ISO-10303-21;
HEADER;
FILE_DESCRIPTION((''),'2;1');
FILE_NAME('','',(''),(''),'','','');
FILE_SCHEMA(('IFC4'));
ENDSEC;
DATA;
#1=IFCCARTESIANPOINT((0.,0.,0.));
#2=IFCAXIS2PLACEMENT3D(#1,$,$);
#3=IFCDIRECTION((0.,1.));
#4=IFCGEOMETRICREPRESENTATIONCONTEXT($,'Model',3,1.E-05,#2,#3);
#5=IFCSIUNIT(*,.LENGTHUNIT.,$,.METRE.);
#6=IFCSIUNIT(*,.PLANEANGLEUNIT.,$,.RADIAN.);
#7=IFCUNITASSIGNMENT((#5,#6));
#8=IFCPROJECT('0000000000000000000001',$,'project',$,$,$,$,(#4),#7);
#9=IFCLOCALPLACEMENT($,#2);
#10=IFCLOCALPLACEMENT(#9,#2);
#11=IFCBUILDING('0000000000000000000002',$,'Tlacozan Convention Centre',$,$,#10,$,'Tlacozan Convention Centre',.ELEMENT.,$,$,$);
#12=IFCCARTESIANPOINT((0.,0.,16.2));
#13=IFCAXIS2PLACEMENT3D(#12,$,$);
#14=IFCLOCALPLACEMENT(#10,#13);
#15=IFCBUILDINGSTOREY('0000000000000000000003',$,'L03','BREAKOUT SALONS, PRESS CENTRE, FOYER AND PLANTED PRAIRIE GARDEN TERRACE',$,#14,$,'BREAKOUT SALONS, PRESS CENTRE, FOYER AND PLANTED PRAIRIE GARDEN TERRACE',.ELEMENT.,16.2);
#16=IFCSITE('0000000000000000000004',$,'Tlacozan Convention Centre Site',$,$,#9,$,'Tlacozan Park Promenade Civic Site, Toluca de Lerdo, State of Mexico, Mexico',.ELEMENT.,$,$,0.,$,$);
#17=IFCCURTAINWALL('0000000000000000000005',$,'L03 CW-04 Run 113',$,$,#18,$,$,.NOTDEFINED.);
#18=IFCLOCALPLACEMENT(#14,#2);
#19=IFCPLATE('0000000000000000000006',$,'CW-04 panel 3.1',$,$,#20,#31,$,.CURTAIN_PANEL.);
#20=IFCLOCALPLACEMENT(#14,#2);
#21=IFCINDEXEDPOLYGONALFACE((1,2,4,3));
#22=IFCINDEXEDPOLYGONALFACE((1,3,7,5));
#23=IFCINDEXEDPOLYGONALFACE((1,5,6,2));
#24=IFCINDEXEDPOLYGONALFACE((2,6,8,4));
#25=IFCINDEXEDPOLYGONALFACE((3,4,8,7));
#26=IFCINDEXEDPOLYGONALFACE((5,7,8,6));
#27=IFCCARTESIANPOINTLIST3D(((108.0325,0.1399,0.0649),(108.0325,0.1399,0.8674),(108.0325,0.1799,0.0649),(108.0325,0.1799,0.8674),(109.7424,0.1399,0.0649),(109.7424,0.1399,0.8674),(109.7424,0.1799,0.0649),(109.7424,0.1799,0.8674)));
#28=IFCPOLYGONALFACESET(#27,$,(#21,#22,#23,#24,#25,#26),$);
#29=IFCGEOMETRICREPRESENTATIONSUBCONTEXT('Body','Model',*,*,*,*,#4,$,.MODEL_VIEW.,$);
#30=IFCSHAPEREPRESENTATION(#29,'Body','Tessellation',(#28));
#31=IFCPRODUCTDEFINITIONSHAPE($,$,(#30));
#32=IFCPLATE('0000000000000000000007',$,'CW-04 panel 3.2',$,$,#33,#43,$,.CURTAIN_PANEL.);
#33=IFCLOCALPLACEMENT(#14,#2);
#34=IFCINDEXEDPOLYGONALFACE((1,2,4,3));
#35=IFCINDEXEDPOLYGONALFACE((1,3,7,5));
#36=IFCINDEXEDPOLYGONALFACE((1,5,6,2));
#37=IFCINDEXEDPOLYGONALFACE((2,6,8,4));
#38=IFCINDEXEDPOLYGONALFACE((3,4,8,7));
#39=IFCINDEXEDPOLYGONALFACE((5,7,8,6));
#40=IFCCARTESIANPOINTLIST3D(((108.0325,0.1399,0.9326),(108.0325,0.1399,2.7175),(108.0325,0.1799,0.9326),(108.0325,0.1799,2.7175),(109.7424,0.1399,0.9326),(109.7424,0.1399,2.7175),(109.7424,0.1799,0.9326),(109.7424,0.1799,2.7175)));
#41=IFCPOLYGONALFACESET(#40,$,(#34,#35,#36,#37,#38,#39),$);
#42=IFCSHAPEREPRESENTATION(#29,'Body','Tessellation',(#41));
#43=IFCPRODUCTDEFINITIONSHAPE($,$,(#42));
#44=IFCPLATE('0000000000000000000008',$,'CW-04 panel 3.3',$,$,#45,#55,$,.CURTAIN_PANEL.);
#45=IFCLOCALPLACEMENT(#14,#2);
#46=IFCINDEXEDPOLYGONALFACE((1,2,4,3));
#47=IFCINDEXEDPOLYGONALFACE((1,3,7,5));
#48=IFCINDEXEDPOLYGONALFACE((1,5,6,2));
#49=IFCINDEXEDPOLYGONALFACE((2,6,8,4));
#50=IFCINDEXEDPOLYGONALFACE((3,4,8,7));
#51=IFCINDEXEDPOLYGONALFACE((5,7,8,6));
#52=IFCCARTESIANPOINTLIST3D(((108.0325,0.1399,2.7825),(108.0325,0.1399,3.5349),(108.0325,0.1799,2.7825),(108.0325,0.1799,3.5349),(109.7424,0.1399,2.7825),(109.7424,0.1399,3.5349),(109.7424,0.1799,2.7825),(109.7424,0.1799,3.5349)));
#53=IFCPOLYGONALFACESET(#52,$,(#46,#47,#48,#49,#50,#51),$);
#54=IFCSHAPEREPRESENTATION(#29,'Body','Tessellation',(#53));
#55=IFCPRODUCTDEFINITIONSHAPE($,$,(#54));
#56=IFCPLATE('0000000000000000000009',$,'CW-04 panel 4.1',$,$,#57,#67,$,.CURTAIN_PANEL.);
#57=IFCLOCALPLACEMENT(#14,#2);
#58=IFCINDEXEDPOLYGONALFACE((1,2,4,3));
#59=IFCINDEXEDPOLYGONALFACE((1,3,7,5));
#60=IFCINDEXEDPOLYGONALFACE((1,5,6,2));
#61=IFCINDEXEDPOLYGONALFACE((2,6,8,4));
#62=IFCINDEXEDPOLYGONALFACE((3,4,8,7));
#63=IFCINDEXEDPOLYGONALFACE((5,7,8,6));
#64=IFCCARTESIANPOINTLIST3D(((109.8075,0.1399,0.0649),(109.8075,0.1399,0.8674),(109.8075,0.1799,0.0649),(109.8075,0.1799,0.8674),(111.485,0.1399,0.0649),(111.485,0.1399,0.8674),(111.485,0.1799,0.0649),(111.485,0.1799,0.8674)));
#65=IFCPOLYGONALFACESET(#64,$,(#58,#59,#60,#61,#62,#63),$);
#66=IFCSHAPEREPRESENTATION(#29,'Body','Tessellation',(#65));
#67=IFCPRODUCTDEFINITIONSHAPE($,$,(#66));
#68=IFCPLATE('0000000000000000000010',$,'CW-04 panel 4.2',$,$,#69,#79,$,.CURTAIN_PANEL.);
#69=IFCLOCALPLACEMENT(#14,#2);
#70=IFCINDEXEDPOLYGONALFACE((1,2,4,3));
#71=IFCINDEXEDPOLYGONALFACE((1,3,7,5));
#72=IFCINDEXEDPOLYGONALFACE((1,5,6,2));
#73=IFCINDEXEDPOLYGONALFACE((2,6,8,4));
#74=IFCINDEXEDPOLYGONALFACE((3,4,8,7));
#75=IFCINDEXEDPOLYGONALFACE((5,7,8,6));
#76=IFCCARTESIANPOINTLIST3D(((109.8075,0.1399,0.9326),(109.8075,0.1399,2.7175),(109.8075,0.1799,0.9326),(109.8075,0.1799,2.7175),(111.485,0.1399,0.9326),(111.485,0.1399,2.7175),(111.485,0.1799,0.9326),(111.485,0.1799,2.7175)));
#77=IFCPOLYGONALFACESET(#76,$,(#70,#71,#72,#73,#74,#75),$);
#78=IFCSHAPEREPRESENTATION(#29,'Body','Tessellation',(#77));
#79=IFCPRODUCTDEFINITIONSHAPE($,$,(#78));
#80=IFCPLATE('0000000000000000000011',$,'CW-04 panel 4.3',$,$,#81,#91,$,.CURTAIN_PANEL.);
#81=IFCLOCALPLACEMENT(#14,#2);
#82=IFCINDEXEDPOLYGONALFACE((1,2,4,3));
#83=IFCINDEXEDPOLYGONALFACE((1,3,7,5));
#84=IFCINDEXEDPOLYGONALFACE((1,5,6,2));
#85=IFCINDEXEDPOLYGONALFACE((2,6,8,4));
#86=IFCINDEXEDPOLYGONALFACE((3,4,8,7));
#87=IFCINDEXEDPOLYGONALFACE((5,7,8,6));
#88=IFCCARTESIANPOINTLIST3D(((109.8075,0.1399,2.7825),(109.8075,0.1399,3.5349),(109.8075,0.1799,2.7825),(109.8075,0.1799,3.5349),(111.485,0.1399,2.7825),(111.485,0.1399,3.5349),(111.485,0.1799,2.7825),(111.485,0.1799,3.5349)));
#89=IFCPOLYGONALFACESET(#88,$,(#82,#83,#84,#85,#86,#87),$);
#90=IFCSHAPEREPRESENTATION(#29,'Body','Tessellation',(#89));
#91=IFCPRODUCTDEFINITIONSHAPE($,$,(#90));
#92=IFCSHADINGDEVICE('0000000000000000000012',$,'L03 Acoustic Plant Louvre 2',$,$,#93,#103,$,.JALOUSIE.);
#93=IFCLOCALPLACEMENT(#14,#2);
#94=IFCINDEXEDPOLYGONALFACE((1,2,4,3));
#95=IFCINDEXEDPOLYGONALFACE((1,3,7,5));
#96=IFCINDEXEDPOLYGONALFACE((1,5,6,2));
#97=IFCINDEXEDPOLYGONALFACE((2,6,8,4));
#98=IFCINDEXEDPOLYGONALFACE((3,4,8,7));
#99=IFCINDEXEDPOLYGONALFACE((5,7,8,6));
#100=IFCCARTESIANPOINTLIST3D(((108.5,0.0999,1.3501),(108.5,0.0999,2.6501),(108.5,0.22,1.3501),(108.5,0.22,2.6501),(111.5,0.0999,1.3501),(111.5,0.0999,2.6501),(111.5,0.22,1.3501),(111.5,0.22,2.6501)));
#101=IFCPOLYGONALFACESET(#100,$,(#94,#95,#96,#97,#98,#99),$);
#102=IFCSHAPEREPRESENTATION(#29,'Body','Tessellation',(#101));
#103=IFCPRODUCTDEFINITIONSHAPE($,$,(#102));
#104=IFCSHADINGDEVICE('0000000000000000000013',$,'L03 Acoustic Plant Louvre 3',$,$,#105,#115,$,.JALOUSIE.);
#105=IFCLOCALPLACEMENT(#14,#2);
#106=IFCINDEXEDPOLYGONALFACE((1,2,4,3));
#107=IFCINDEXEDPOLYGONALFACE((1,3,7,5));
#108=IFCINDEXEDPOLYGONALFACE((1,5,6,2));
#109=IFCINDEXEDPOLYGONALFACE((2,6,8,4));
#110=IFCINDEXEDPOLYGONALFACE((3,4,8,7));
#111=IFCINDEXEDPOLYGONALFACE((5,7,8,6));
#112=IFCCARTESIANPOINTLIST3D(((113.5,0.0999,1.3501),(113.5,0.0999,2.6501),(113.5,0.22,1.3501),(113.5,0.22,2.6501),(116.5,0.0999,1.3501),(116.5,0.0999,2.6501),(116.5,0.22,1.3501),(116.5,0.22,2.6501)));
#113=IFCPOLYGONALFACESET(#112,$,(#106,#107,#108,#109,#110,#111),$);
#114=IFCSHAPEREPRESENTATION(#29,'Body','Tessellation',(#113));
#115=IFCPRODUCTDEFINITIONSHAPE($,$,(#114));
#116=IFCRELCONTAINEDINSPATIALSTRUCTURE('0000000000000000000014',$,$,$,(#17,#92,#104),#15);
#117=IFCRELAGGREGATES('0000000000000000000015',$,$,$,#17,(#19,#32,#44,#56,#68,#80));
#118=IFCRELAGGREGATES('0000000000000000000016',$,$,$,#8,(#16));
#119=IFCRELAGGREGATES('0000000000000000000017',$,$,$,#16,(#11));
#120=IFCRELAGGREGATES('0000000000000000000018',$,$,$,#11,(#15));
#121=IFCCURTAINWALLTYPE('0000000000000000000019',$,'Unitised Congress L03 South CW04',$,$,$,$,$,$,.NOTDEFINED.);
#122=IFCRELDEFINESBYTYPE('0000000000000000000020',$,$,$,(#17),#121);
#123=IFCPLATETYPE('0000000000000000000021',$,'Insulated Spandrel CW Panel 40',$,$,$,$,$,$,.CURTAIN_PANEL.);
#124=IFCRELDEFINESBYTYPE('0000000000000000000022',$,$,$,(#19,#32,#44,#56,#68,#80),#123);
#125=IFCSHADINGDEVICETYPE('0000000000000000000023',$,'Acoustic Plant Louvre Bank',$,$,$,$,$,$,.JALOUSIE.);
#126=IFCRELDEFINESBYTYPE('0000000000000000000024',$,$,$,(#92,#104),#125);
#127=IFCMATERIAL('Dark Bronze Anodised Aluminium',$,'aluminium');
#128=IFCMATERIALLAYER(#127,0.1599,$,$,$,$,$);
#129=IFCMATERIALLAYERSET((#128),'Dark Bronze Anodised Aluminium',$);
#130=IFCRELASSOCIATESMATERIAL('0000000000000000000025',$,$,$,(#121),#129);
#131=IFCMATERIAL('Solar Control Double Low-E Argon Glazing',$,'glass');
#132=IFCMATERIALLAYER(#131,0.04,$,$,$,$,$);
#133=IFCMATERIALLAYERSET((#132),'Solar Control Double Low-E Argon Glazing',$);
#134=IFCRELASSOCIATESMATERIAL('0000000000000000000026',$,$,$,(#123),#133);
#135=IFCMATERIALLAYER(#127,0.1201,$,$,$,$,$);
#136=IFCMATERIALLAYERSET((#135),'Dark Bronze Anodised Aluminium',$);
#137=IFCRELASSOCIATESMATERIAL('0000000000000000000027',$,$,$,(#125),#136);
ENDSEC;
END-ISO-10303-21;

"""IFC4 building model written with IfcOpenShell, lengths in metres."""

from ifc_helpers import new_model, si_unit, direction, frame, origin, origin_2d, place, context, subcontext, project, spatial, rectangle, extrude, material, layer, layer_set, type_object, element, aggregate, save


model = new_model("IFC4")

# Units and contexts
model_context = context("Model", 3, precision=1e-05, world=origin(), true_north=direction((0.0, 1.0)))
body_context = subcontext(model_context, "Body", "Model", "MODEL_VIEW")
ifc_project = project(units=[si_unit("LENGTHUNIT", "METRE"), si_unit("PLANEANGLEUNIT", "RADIAN")], contexts=[model_context])

# Site, building, storey
site_placement = place(None, origin())
site = spatial("IfcSite", under=ifc_project, at=site_placement, Name="Tlacozan Convention Centre Site", LongName="Tlacozan Park Promenade Civic Site, Toluca de Lerdo, State of Mexico, Mexico", CompositionType="ELEMENT", RefElevation=0.0)
building_placement = place(site_placement, origin())
building = spatial("IfcBuilding", under=site, at=building_placement, Name="Tlacozan Convention Centre", LongName="Tlacozan Convention Centre", CompositionType="ELEMENT")
storey_placement = place(building_placement, frame((0.0, 0.0, 16.2)))
storey = spatial("IfcBuildingStorey", under=building, at=storey_placement, Name="L03", Description="BREAKOUT SALONS, PRESS CENTRE, FOYER AND PLANTED PRAIRIE GARDEN TERRACE", LongName="BREAKOUT SALONS, PRESS CENTRE, FOYER AND PLANTED PRAIRIE GARDEN TERRACE", CompositionType="ELEMENT", Elevation=16.2)

# Curtain wall
ifc_material_1 = material(Name="Dark Bronze Anodised Aluminium", Category="aluminium")
ifc_layer_1 = layer(ifc_material_1, 0.1599)
ifc_layer_set_1 = layer_set([ifc_layer_1], Name="Dark Bronze Anodised Aluminium")
curtain_wall_type = type_object("IfcCurtainWallType", Name="Unitised Congress L03 South CW04", PredefinedType="NOTDEFINED", material=ifc_layer_set_1)
curtain_wall_1_placement = place(storey_placement, origin())
curtain_wall_1 = element("IfcCurtainWall", 1, at=curtain_wall_1_placement, inside=storey, type_object=curtain_wall_type, Name="L03 CW-04 Run 113", PredefinedType="NOTDEFINED")

# Plates
ifc_material_2 = material(Name="Solar Control Double Low-E Argon Glazing", Category="glass")
ifc_layer_2 = layer(ifc_material_2, 0.04)
ifc_layer_set_2 = layer_set([ifc_layer_2], Name="Solar Control Double Low-E Argon Glazing")
plate_type_1 = type_object("IfcPlateType", Name="Insulated Spandrel CW Panel 40", PredefinedType="CURTAIN_PANEL", material=ifc_layer_set_2)
plate_1_placement = place(storey_placement, frame((108.8875, 0.1599, 0.0649), z_axis=(0.0, 0.0, 1.0), x_axis=(1.0, 0.0, 0.0)))
plate_1 = element("IfcPlate", 2, at=plate_1_placement, type_object=plate_type_1, Name="CW-04 panel 3.1", PredefinedType="CURTAIN_PANEL", context=body_context, shape_type="SweptSolid", body=[
    extrude(rectangle(XDim=1.71, YDim=0.04, at=origin_2d()), origin(), (0.0, 0.0, 1.0), 0.8025),
])
plate_2_placement = place(storey_placement, frame((108.8875, 0.1599, 0.9326), z_axis=(0.0, 0.0, 1.0), x_axis=(1.0, 0.0, 0.0)))
plate_2 = element("IfcPlate", 3, at=plate_2_placement, type_object=plate_type_1, Name="CW-04 panel 3.2", PredefinedType="CURTAIN_PANEL", context=body_context, shape_type="SweptSolid", body=[
    extrude(rectangle(XDim=1.71, YDim=0.04, at=origin_2d()), origin(), (0.0, 0.0, 1.0), 1.7849),
])
plate_3_placement = place(storey_placement, frame((108.8875, 0.1599, 2.7825), z_axis=(0.0, 0.0, 1.0), x_axis=(1.0, 0.0, 0.0)))
plate_3 = element("IfcPlate", 4, at=plate_3_placement, type_object=plate_type_1, Name="CW-04 panel 3.3", PredefinedType="CURTAIN_PANEL", context=body_context, shape_type="SweptSolid", body=[
    extrude(rectangle(XDim=1.71, YDim=0.04, at=origin_2d()), origin(), (0.0, 0.0, 1.0), 0.7524),
])
plate_4_placement = place(storey_placement, frame((110.6462, 0.1599, 0.0649), z_axis=(0.0, 0.0, 1.0), x_axis=(1.0, 0.0, 0.0)))
plate_4 = element("IfcPlate", 5, at=plate_4_placement, type_object=plate_type_1, Name="CW-04 panel 4.1", PredefinedType="CURTAIN_PANEL", context=body_context, shape_type="SweptSolid", body=[
    extrude(rectangle(XDim=1.6775, YDim=0.04, at=origin_2d()), origin(), (0.0, 0.0, 1.0), 0.8025),
])
plate_5_placement = place(storey_placement, frame((110.6462, 0.1599, 0.9326), z_axis=(0.0, 0.0, 1.0), x_axis=(1.0, 0.0, 0.0)))
plate_5 = element("IfcPlate", 6, at=plate_5_placement, type_object=plate_type_1, Name="CW-04 panel 4.2", PredefinedType="CURTAIN_PANEL", context=body_context, shape_type="SweptSolid", body=[
    extrude(rectangle(XDim=1.6775, YDim=0.04, at=origin_2d()), origin(), (0.0, 0.0, 1.0), 1.7849),
])
plate_6_placement = place(storey_placement, frame((110.6462, 0.1599, 2.7825), z_axis=(0.0, 0.0, 1.0), x_axis=(1.0, 0.0, 0.0)))
plate_6 = element("IfcPlate", 7, at=plate_6_placement, type_object=plate_type_1, Name="CW-04 panel 4.3", PredefinedType="CURTAIN_PANEL", context=body_context, shape_type="SweptSolid", body=[
    extrude(rectangle(XDim=1.6775, YDim=0.04, at=origin_2d()), origin(), (0.0, 0.0, 1.0), 0.7524),
])
aggregate(curtain_wall_1, [plate_1, plate_2, plate_3, plate_4, plate_5, plate_6])

# Shading devices
ifc_layer_3 = layer(ifc_material_1, 0.1201)
ifc_layer_set_3 = layer_set([ifc_layer_3], Name="Dark Bronze Anodised Aluminium")
shading_device_type = type_object("IfcShadingDeviceType", Name="Acoustic Plant Louvre Bank", PredefinedType="JALOUSIE", material=ifc_layer_set_3)
for number, where, z_axis, x_axis, name in (
    (8, (110.0, 0.1599, 1.3501), (0.0, 0.0, 1.0), (1.0, 0.0, 0.0), "L03 Acoustic Plant Louvre 2"),
    (9, (115.0, 0.1599, 1.3501), (0.0, 0.0, 1.0), (1.0, 0.0, 0.0), "L03 Acoustic Plant Louvre 3"),
):
    element("IfcShadingDevice", number, at=place(storey_placement, frame(where, z_axis=z_axis, x_axis=x_axis)), inside=storey, type_object=shading_device_type, Name=name, PredefinedType="JALOUSIE", context=body_context, shape_type="SweptSolid", body=[
        extrude(rectangle(XDim=3.0, YDim=0.1201, at=origin_2d()), origin(), (0.0, 0.0, 1.0), 1.3),
    ])

save(model, "model.ifc")
